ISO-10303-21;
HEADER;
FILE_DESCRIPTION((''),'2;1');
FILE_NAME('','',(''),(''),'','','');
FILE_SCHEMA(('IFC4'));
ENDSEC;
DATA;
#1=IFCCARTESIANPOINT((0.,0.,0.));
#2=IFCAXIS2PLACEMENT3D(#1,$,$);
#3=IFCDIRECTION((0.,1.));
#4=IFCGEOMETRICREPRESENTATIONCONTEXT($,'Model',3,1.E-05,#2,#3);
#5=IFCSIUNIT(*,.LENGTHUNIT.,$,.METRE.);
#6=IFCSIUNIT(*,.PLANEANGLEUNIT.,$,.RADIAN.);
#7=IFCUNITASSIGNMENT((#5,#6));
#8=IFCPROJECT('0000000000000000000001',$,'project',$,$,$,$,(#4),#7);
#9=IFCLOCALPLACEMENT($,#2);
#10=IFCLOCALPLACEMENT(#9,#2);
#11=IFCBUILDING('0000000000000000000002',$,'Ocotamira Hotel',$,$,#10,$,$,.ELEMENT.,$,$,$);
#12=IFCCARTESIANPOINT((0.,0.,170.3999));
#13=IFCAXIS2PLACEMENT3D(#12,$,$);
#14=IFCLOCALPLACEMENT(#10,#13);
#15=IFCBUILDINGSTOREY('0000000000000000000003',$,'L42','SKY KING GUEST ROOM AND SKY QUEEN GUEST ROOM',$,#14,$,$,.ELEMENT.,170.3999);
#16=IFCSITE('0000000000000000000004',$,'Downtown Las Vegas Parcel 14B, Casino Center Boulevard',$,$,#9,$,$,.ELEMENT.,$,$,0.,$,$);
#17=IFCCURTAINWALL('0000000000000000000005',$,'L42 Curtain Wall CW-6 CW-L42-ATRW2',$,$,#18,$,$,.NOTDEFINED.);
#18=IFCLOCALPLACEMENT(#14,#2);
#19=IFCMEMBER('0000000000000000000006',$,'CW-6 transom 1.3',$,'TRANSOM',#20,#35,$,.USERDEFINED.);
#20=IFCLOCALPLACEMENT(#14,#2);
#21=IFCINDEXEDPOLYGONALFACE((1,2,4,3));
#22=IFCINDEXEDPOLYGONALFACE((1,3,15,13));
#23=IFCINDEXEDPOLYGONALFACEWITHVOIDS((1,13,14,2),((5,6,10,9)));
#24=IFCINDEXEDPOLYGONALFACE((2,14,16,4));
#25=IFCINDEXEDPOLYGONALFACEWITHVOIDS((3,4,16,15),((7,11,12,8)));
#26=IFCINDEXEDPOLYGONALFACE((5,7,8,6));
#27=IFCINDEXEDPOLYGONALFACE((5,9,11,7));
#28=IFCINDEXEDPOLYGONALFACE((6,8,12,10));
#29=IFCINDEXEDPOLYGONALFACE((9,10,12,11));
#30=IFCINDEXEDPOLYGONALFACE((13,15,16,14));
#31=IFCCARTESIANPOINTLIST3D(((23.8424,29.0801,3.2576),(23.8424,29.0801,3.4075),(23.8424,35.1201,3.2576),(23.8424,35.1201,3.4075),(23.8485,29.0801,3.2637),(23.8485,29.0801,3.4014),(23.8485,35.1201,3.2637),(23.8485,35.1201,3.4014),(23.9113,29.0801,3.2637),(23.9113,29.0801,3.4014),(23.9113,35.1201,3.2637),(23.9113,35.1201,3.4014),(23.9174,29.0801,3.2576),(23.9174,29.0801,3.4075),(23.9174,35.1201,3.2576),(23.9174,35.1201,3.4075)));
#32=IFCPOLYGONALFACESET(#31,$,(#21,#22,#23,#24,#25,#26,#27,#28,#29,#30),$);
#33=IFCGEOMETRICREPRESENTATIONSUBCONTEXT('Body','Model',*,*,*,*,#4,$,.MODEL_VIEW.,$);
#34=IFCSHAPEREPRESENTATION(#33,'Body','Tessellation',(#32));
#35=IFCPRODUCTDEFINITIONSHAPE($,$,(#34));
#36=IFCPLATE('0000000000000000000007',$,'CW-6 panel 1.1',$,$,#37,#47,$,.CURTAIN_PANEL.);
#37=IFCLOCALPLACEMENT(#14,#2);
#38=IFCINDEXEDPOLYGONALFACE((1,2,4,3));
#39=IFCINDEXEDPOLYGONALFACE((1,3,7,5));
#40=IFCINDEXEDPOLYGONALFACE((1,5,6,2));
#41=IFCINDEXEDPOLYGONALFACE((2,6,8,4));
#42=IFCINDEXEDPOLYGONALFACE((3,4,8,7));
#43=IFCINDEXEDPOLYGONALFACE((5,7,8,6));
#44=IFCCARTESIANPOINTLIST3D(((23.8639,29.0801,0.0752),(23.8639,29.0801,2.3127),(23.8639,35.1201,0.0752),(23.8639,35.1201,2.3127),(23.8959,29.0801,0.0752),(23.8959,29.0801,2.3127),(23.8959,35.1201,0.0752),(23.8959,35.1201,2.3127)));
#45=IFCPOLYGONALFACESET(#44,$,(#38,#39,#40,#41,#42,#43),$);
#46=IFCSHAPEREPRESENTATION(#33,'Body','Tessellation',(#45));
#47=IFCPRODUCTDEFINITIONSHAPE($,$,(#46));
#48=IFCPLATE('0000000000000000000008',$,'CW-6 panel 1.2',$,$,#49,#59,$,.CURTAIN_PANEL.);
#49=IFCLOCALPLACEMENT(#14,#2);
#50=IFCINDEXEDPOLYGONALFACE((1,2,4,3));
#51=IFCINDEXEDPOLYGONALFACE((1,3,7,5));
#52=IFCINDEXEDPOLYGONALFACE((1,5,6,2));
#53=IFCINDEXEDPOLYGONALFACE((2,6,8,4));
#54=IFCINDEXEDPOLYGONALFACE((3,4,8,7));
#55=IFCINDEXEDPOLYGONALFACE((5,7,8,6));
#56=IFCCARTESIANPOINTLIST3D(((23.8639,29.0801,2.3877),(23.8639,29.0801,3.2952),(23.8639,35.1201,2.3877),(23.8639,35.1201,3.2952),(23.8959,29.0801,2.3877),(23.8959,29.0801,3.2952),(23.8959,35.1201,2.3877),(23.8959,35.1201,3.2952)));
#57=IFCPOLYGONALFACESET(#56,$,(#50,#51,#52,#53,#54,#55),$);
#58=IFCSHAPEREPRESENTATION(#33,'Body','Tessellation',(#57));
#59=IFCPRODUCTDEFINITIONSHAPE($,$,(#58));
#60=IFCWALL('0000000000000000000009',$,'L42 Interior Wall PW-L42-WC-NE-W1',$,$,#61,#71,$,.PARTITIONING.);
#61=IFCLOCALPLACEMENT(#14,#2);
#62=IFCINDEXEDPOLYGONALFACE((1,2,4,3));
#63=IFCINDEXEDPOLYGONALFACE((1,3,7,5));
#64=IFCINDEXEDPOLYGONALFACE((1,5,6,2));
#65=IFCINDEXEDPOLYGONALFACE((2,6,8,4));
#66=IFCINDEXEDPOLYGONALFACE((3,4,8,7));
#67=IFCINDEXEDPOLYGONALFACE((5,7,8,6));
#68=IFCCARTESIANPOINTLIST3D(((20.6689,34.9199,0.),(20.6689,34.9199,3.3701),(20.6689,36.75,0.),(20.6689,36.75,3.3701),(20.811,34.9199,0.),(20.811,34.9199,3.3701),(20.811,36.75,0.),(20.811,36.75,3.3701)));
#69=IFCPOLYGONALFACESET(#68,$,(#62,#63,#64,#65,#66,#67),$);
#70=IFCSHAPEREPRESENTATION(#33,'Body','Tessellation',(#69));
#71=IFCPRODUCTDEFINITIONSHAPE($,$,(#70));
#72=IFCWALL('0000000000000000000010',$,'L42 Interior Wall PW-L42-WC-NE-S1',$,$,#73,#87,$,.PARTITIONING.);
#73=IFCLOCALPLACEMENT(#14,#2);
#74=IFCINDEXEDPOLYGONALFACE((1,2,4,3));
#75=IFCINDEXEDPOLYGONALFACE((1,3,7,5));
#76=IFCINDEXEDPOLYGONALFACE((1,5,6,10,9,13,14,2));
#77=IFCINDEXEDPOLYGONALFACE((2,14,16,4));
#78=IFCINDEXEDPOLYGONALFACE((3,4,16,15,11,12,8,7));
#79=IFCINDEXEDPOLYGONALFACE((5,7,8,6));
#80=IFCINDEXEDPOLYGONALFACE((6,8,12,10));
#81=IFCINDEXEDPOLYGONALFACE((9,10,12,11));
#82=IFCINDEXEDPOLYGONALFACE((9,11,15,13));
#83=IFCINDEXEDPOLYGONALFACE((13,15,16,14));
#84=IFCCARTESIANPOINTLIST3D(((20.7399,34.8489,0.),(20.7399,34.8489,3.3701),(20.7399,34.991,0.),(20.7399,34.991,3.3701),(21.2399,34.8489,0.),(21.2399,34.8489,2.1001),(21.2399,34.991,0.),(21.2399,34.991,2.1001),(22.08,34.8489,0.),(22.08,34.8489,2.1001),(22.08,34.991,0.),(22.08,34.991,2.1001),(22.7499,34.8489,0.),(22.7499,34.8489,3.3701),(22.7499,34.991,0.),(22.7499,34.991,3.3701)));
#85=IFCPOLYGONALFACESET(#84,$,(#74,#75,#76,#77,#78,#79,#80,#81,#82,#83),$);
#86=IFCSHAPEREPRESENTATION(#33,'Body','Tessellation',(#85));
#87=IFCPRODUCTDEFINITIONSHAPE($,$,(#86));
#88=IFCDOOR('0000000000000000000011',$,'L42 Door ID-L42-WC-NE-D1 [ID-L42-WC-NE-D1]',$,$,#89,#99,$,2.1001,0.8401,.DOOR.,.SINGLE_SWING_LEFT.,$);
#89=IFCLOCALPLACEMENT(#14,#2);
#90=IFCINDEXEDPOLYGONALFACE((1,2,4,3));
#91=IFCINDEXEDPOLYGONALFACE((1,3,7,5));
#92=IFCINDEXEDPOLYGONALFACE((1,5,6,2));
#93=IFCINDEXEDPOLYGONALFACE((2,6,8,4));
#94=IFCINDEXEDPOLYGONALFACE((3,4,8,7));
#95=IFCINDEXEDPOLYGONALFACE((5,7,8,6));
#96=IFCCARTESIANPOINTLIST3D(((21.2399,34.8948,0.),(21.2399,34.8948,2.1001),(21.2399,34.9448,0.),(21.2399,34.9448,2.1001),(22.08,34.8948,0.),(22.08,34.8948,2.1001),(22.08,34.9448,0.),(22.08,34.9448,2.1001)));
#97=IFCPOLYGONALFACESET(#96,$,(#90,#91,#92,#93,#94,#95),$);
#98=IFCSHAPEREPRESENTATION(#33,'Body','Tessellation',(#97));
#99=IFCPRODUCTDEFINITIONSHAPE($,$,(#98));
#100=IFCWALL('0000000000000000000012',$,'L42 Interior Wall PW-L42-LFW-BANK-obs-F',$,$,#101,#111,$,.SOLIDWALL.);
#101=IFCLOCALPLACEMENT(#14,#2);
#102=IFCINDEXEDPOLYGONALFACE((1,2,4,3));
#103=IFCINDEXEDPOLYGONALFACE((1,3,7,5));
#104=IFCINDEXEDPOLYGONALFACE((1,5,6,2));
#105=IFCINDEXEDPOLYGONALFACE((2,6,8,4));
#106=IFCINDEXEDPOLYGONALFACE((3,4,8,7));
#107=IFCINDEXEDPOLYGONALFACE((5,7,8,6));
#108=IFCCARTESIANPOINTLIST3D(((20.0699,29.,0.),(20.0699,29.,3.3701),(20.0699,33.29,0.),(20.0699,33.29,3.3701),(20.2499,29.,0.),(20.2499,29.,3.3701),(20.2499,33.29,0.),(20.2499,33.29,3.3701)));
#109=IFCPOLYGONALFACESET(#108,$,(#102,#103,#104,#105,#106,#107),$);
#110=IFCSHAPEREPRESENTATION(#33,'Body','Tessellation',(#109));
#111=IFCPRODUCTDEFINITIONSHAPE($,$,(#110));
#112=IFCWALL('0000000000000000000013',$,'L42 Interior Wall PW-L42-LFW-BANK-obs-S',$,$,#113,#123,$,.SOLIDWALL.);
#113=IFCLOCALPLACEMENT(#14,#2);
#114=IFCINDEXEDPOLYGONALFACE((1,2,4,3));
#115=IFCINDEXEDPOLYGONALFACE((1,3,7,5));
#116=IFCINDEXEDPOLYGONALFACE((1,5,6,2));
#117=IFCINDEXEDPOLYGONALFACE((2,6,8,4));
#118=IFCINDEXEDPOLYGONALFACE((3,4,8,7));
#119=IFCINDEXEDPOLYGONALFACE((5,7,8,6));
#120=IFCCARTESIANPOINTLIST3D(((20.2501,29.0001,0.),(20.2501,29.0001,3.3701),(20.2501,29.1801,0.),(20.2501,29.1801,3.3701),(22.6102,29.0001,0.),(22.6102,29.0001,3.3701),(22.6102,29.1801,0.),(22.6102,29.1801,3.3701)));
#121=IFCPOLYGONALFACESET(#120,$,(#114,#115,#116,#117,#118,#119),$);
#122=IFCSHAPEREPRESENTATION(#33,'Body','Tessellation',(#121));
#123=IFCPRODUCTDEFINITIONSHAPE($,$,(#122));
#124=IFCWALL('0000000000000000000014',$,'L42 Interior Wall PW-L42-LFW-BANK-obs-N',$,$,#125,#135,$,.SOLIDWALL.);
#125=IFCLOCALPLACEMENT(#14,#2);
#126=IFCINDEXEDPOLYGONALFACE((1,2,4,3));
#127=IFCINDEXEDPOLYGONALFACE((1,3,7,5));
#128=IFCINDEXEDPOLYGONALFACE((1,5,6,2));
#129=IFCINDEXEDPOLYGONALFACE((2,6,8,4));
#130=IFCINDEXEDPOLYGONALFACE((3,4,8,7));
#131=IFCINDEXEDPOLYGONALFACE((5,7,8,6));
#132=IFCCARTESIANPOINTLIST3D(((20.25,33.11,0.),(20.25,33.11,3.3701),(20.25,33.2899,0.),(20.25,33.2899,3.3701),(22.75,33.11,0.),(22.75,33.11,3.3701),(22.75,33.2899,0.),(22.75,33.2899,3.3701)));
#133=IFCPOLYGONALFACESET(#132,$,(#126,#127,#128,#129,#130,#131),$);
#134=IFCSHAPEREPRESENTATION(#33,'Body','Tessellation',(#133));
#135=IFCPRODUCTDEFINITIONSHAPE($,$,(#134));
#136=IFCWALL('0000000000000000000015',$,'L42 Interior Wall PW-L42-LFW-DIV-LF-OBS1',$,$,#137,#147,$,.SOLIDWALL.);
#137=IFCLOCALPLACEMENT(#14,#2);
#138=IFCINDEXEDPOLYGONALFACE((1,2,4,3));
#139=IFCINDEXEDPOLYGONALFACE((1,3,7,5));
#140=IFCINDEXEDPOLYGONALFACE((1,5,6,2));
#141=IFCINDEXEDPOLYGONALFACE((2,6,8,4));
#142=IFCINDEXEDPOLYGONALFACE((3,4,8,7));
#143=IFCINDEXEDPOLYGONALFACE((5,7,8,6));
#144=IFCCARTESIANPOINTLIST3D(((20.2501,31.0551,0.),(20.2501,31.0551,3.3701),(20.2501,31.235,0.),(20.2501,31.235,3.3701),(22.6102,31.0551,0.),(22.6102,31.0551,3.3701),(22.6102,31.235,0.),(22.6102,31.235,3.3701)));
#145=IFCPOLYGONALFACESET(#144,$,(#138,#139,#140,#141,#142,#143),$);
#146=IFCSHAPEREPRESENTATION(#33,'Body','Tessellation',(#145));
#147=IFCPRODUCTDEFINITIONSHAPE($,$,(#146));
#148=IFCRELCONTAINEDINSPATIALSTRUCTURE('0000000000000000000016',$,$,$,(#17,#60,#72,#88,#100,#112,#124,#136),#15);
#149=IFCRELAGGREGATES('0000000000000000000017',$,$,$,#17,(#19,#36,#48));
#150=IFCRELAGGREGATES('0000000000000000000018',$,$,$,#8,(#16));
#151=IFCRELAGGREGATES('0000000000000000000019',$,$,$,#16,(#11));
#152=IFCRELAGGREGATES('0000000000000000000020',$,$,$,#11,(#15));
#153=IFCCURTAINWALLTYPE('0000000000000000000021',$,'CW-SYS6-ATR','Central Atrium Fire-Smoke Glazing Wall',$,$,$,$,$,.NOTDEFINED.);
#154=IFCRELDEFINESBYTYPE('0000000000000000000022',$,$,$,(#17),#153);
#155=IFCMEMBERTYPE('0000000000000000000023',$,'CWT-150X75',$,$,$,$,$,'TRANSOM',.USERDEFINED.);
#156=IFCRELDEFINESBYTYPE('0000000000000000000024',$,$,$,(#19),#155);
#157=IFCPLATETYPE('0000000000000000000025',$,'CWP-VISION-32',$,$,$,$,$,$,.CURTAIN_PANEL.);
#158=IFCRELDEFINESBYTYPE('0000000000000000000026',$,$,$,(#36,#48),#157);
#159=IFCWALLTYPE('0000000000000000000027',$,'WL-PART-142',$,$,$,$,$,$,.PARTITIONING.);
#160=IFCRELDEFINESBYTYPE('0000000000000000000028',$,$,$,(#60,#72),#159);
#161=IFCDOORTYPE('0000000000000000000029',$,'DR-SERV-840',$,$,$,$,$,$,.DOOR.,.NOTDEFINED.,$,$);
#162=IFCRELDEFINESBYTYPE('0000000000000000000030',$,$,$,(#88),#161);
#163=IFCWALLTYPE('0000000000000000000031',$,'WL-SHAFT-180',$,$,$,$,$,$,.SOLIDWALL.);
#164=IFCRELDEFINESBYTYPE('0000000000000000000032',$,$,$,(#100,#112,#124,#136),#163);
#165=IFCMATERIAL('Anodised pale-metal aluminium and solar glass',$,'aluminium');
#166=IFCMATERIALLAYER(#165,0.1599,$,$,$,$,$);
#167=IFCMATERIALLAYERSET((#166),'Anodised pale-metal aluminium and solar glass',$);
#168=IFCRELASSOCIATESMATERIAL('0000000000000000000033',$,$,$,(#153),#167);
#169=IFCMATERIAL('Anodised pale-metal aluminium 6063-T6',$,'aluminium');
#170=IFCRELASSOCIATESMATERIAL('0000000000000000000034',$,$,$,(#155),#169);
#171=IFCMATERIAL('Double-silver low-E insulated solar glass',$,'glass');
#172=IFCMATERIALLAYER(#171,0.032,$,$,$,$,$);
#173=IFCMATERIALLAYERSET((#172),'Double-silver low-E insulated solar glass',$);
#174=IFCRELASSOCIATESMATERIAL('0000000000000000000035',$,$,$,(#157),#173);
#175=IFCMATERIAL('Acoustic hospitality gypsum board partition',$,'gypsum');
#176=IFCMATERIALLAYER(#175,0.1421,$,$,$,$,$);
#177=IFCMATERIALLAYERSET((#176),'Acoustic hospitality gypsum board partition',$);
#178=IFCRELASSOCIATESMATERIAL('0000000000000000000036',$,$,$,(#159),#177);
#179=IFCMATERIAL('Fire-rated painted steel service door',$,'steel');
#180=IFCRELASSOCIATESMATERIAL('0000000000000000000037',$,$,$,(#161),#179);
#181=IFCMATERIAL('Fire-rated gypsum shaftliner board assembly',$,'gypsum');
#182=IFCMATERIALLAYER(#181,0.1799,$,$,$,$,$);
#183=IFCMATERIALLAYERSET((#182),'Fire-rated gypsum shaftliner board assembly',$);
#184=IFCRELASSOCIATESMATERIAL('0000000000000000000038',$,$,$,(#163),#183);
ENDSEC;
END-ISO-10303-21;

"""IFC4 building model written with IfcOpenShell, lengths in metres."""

from ifc_helpers import new_model, si_unit, direction, frame, frame_2d, origin, origin_2d, place, context, subcontext, project, spatial, rectangle, hollow_rectangle, extrude, source, transform, mapped, material, layer, layer_set, material_profile, profile_set, type_object, element, fill, aggregate, save


model = new_model("IFC4")

# Units and contexts
model_context = context("Model", 3, precision=1e-05, world=origin(), true_north=direction((0.0, 1.0)))
body_context = subcontext(model_context, "Body", "Model", "MODEL_VIEW")
ifc_project = project(units=[si_unit("LENGTHUNIT", "METRE"), si_unit("PLANEANGLEUNIT", "RADIAN")], contexts=[model_context])

# Site, building, storey
site_placement = place(None, origin())
site = spatial("IfcSite", under=ifc_project, at=site_placement, Name="Downtown Las Vegas Parcel 14B, Casino Center Boulevard", CompositionType="ELEMENT", RefElevation=0.0)
building_placement = place(site_placement, origin())
building = spatial("IfcBuilding", under=site, at=building_placement, Name="Ocotamira Hotel", CompositionType="ELEMENT")
storey_placement = place(building_placement, frame((0.0, 0.0, 170.3999)))
storey = spatial("IfcBuildingStorey", under=building, at=storey_placement, Name="L42", Description="SKY KING GUEST ROOM AND SKY QUEEN GUEST ROOM", CompositionType="ELEMENT", Elevation=170.3999)

# Shared definitions
ifc_material_1 = material(Name="Anodised pale-metal aluminium and solar glass", Category="aluminium")
ifc_layer_1 = layer(ifc_material_1, 0.1599)
ifc_layer_set_1 = layer_set([ifc_layer_1], Name="Anodised pale-metal aluminium and solar glass")
curtain_wall_type = type_object("IfcCurtainWallType", Name="CW-SYS6-ATR", Description="Central Atrium Fire-Smoke Glazing Wall", PredefinedType="NOTDEFINED", material=ifc_layer_set_1)
ifc_material_2 = material(Name="Anodised pale-metal aluminium 6063-T6", Category="aluminium")

# Curtain wall, member, plates
curtain_wall_1_placement = place(storey_placement, origin())
curtain_wall_1 = element("IfcCurtainWall", 1, at=curtain_wall_1_placement, inside=storey, type_object=curtain_wall_type, Name="L42 Curtain Wall CW-6 CW-L42-ATRW2", PredefinedType="NOTDEFINED")
ifc_material_profile_1 = material_profile(ifc_material_2, hollow_rectangle(XDim=0.075, YDim=0.1499, WallThickness=0.0061, at=origin_2d()), Name="HSS150X75X6")
ifc_profile_set_1 = profile_set([ifc_material_profile_1], Name="Anodised pale-metal aluminium 6063-T6")
member_type_1 = type_object("IfcMemberType", Name="CWT-150X75", ElementType="TRANSOM", PredefinedType="USERDEFINED", material=ifc_profile_set_1)
shared_shape_1 = source(origin(), body_context, "Body", "SweptSolid", [
    extrude(hollow_rectangle(XDim=0.075, YDim=0.1499, WallThickness=0.0061, at=origin_2d()), origin(), (0.0, 0.0, 1.0), 6.04),
])
member_1_placement = place(storey_placement, frame((23.8799, 29.0801, 3.3325), z_axis=(0.0, 1.0, 0.0), x_axis=(-1.0, 0.0, 0.0)))
member_1 = element("IfcMember", 2, at=member_1_placement, type_object=member_type_1, Name="CW-6 transom 1.3", ObjectType="TRANSOM", PredefinedType="USERDEFINED", context=body_context, shape_type="MappedRepresentation", body=[
    mapped(shared_shape_1, transform((0.0, 0.0, 0.0), scale=1.0)),
])
ifc_material_3 = material(Name="Double-silver low-E insulated solar glass", Category="glass")
ifc_layer_2 = layer(ifc_material_3, 0.032)
ifc_layer_set_2 = layer_set([ifc_layer_2], Name="Double-silver low-E insulated solar glass")
plate_type = type_object("IfcPlateType", Name="CWP-VISION-32", PredefinedType="CURTAIN_PANEL", material=ifc_layer_set_2)
shared_shape_2 = source(origin(), body_context, "Body", "SweptSolid", [
    extrude(rectangle(XDim=6.04, YDim=0.032, at=origin_2d()), origin(), (0.0, 0.0, 1.0), 2.2375),
])
plate_1_placement = place(storey_placement, frame((23.8799, 32.1001, 0.0752), z_axis=(0.0, 0.0, 1.0), x_axis=(0.0, 1.0, 0.0)))
plate_1 = element("IfcPlate", 3, at=plate_1_placement, type_object=plate_type, Name="CW-6 panel 1.1", PredefinedType="CURTAIN_PANEL", context=body_context, shape_type="MappedRepresentation", body=[
    mapped(shared_shape_2, transform((0.0, 0.0, 0.0), scale=1.0)),
])
shared_shape_3 = source(origin(), body_context, "Body", "SweptSolid", [
    extrude(rectangle(XDim=6.04, YDim=0.032, at=origin_2d()), origin(), (0.0, 0.0, 1.0), 0.9075),
])
plate_2_placement = place(storey_placement, frame((23.8799, 32.1001, 2.3877), z_axis=(0.0, 0.0, 1.0), x_axis=(0.0, 1.0, 0.0)))
plate_2 = element("IfcPlate", 4, at=plate_2_placement, type_object=plate_type, Name="CW-6 panel 1.2", PredefinedType="CURTAIN_PANEL", context=body_context, shape_type="MappedRepresentation", body=[
    mapped(shared_shape_3, transform((0.0, 0.0, 0.0), scale=1.0)),
])
aggregate(curtain_wall_1, [member_1, plate_1, plate_2])

# Wall
ifc_material_4 = material(Name="Acoustic hospitality gypsum board partition", Category="gypsum")
ifc_layer_3 = layer(ifc_material_4, 0.1421)
ifc_layer_set_3 = layer_set([ifc_layer_3], Name="Acoustic hospitality gypsum board partition")
wall_type_1 = type_object("IfcWallType", Name="WL-PART-142", PredefinedType="PARTITIONING", material=ifc_layer_set_3)
wall_1_placement = place(storey_placement, frame((20.74, 34.9199, 0.0), z_axis=(0.0, 0.0, 1.0), x_axis=(0.0, 1.0, 0.0)))
element("IfcWall", 5, at=wall_1_placement, inside=storey, type_object=wall_type_1, Name="L42 Interior Wall PW-L42-WC-NE-W1", PredefinedType="PARTITIONING", context=body_context, shape_type="SweptSolid", body=[
    extrude(rectangle(XDim=1.8301, YDim=0.1421, at=frame_2d((0.915, 0.0))), origin(), (0.0, 0.0, 1.0), 3.3701),
])

# Wall, opening, door
wall_2_placement = place(storey_placement, frame((20.74, 34.9199, 0.0), z_axis=(0.0, 0.0, 1.0), x_axis=(1.0, 0.0, 0.0)))
wall_2 = element("IfcWall", 6, at=wall_2_placement, inside=storey, type_object=wall_type_1, Name="L42 Interior Wall PW-L42-WC-NE-S1", PredefinedType="PARTITIONING", context=body_context, shape_type="SweptSolid", body=[
    extrude(rectangle(XDim=2.01, YDim=0.1421, at=frame_2d((1.0049, 0.0))), origin(), (0.0, 0.0, 1.0), 3.3701),
])
opening_placement = place(wall_2_placement, frame((0.5, 0.0, 0.0)))
opening = element("IfcOpeningElement", 7, at=opening_placement, cuts=wall_2, PredefinedType="OPENING", context=body_context, shape_type="SweptSolid", body=[
    extrude(rectangle(XDim=0.8401, YDim=2.1001, at=frame_2d((0.4199, 1.05))), frame((0.0, 0.0811, 0.0), z_axis=(0.0, -1.0, 0.0), x_axis=(1.0, 0.0, 0.0)), (0.0, 0.0, 1.0), 0.1621),
])
ifc_material_5 = material(Name="Fire-rated painted steel service door", Category="steel")
door_type = type_object("IfcDoorType", Name="DR-SERV-840", OperationType="NOTDEFINED", PredefinedType="DOOR", material=ifc_material_5)
shared_shape_4 = source(origin(), body_context, "Body", "SweptSolid", [
    extrude(rectangle(XDim=0.8401, YDim=2.1001, at=frame_2d((0.4199, 1.05))), frame((0.0, 0.0249, 0.0), z_axis=(0.0, -1.0, 0.0), x_axis=(1.0, 0.0, 0.0)), (0.0, 0.0, 1.0), 0.05),
])
door_placement = place(opening_placement, origin())
door = element("IfcDoor", 8, at=door_placement, inside=storey, type_object=door_type, Name="L42 Door ID-L42-WC-NE-D1 [ID-L42-WC-NE-D1]", OperationType="SINGLE_SWING_LEFT", OverallHeight=2.1001, OverallWidth=0.8401, PredefinedType="DOOR", context=body_context, shape_type="MappedRepresentation", body=[
    mapped(shared_shape_4, transform((0.0, 0.0, 0.0), scale=1.0)),
])
fill(opening, door)

# Walls
ifc_material_6 = material(Name="Fire-rated gypsum shaftliner board assembly", Category="gypsum")
ifc_layer_4 = layer(ifc_material_6, 0.1799)
ifc_layer_set_4 = layer_set([ifc_layer_4], Name="Fire-rated gypsum shaftliner board assembly")
wall_type_2 = type_object("IfcWallType", Name="WL-SHAFT-180", PredefinedType="SOLIDWALL", material=ifc_layer_set_4)
wall_3_placement = place(storey_placement, frame((20.1599, 29.0, 0.0), z_axis=(0.0, 0.0, 1.0), x_axis=(0.0, 1.0, 0.0)))
element("IfcWall", 9, at=wall_3_placement, inside=storey, type_object=wall_type_2, Name="L42 Interior Wall PW-L42-LFW-BANK-obs-F", PredefinedType="SOLIDWALL", context=body_context, shape_type="SweptSolid", body=[
    extrude(rectangle(XDim=4.29, YDim=0.1799, at=frame_2d((2.145, 0.0))), origin(), (0.0, 0.0, 1.0), 3.3701),
])
wall_4_placement = place(storey_placement, frame((20.25, 29.0901, 0.0), z_axis=(0.0, 0.0, 1.0), x_axis=(1.0, 0.0, 0.0)))
element("IfcWall", 10, at=wall_4_placement, inside=storey, type_object=wall_type_2, Name="L42 Interior Wall PW-L42-LFW-BANK-obs-S", PredefinedType="SOLIDWALL", context=body_context, shape_type="SweptSolid", body=[
    extrude(rectangle(XDim=2.3601, YDim=0.1799, at=frame_2d((1.1802, 0.0))), origin(), (0.0, 0.0, 1.0), 3.3701),
])
wall_5_placement = place(storey_placement, frame((20.25, 33.2, 0.0), z_axis=(0.0, 0.0, 1.0), x_axis=(1.0, 0.0, 0.0)))
element("IfcWall", 11, at=wall_5_placement, inside=storey, type_object=wall_type_2, Name="L42 Interior Wall PW-L42-LFW-BANK-obs-N", PredefinedType="SOLIDWALL", context=body_context, shape_type="SweptSolid", body=[
    extrude(rectangle(XDim=2.5, YDim=0.1799, at=frame_2d((1.25, 0.0))), origin(), (0.0, 0.0, 1.0), 3.3701),
])
wall_6_placement = place(storey_placement, frame((20.25, 31.145, 0.0), z_axis=(0.0, 0.0, 1.0), x_axis=(1.0, 0.0, 0.0)))
element("IfcWall", 12, at=wall_6_placement, inside=storey, type_object=wall_type_2, Name="L42 Interior Wall PW-L42-LFW-DIV-LF-OBS1", PredefinedType="SOLIDWALL", context=body_context, shape_type="SweptSolid", body=[
    extrude(rectangle(XDim=2.3601, YDim=0.1799, at=frame_2d((1.1802, 0.0))), origin(), (0.0, 0.0, 1.0), 3.3701),
])

save(model, "model.ifc")
